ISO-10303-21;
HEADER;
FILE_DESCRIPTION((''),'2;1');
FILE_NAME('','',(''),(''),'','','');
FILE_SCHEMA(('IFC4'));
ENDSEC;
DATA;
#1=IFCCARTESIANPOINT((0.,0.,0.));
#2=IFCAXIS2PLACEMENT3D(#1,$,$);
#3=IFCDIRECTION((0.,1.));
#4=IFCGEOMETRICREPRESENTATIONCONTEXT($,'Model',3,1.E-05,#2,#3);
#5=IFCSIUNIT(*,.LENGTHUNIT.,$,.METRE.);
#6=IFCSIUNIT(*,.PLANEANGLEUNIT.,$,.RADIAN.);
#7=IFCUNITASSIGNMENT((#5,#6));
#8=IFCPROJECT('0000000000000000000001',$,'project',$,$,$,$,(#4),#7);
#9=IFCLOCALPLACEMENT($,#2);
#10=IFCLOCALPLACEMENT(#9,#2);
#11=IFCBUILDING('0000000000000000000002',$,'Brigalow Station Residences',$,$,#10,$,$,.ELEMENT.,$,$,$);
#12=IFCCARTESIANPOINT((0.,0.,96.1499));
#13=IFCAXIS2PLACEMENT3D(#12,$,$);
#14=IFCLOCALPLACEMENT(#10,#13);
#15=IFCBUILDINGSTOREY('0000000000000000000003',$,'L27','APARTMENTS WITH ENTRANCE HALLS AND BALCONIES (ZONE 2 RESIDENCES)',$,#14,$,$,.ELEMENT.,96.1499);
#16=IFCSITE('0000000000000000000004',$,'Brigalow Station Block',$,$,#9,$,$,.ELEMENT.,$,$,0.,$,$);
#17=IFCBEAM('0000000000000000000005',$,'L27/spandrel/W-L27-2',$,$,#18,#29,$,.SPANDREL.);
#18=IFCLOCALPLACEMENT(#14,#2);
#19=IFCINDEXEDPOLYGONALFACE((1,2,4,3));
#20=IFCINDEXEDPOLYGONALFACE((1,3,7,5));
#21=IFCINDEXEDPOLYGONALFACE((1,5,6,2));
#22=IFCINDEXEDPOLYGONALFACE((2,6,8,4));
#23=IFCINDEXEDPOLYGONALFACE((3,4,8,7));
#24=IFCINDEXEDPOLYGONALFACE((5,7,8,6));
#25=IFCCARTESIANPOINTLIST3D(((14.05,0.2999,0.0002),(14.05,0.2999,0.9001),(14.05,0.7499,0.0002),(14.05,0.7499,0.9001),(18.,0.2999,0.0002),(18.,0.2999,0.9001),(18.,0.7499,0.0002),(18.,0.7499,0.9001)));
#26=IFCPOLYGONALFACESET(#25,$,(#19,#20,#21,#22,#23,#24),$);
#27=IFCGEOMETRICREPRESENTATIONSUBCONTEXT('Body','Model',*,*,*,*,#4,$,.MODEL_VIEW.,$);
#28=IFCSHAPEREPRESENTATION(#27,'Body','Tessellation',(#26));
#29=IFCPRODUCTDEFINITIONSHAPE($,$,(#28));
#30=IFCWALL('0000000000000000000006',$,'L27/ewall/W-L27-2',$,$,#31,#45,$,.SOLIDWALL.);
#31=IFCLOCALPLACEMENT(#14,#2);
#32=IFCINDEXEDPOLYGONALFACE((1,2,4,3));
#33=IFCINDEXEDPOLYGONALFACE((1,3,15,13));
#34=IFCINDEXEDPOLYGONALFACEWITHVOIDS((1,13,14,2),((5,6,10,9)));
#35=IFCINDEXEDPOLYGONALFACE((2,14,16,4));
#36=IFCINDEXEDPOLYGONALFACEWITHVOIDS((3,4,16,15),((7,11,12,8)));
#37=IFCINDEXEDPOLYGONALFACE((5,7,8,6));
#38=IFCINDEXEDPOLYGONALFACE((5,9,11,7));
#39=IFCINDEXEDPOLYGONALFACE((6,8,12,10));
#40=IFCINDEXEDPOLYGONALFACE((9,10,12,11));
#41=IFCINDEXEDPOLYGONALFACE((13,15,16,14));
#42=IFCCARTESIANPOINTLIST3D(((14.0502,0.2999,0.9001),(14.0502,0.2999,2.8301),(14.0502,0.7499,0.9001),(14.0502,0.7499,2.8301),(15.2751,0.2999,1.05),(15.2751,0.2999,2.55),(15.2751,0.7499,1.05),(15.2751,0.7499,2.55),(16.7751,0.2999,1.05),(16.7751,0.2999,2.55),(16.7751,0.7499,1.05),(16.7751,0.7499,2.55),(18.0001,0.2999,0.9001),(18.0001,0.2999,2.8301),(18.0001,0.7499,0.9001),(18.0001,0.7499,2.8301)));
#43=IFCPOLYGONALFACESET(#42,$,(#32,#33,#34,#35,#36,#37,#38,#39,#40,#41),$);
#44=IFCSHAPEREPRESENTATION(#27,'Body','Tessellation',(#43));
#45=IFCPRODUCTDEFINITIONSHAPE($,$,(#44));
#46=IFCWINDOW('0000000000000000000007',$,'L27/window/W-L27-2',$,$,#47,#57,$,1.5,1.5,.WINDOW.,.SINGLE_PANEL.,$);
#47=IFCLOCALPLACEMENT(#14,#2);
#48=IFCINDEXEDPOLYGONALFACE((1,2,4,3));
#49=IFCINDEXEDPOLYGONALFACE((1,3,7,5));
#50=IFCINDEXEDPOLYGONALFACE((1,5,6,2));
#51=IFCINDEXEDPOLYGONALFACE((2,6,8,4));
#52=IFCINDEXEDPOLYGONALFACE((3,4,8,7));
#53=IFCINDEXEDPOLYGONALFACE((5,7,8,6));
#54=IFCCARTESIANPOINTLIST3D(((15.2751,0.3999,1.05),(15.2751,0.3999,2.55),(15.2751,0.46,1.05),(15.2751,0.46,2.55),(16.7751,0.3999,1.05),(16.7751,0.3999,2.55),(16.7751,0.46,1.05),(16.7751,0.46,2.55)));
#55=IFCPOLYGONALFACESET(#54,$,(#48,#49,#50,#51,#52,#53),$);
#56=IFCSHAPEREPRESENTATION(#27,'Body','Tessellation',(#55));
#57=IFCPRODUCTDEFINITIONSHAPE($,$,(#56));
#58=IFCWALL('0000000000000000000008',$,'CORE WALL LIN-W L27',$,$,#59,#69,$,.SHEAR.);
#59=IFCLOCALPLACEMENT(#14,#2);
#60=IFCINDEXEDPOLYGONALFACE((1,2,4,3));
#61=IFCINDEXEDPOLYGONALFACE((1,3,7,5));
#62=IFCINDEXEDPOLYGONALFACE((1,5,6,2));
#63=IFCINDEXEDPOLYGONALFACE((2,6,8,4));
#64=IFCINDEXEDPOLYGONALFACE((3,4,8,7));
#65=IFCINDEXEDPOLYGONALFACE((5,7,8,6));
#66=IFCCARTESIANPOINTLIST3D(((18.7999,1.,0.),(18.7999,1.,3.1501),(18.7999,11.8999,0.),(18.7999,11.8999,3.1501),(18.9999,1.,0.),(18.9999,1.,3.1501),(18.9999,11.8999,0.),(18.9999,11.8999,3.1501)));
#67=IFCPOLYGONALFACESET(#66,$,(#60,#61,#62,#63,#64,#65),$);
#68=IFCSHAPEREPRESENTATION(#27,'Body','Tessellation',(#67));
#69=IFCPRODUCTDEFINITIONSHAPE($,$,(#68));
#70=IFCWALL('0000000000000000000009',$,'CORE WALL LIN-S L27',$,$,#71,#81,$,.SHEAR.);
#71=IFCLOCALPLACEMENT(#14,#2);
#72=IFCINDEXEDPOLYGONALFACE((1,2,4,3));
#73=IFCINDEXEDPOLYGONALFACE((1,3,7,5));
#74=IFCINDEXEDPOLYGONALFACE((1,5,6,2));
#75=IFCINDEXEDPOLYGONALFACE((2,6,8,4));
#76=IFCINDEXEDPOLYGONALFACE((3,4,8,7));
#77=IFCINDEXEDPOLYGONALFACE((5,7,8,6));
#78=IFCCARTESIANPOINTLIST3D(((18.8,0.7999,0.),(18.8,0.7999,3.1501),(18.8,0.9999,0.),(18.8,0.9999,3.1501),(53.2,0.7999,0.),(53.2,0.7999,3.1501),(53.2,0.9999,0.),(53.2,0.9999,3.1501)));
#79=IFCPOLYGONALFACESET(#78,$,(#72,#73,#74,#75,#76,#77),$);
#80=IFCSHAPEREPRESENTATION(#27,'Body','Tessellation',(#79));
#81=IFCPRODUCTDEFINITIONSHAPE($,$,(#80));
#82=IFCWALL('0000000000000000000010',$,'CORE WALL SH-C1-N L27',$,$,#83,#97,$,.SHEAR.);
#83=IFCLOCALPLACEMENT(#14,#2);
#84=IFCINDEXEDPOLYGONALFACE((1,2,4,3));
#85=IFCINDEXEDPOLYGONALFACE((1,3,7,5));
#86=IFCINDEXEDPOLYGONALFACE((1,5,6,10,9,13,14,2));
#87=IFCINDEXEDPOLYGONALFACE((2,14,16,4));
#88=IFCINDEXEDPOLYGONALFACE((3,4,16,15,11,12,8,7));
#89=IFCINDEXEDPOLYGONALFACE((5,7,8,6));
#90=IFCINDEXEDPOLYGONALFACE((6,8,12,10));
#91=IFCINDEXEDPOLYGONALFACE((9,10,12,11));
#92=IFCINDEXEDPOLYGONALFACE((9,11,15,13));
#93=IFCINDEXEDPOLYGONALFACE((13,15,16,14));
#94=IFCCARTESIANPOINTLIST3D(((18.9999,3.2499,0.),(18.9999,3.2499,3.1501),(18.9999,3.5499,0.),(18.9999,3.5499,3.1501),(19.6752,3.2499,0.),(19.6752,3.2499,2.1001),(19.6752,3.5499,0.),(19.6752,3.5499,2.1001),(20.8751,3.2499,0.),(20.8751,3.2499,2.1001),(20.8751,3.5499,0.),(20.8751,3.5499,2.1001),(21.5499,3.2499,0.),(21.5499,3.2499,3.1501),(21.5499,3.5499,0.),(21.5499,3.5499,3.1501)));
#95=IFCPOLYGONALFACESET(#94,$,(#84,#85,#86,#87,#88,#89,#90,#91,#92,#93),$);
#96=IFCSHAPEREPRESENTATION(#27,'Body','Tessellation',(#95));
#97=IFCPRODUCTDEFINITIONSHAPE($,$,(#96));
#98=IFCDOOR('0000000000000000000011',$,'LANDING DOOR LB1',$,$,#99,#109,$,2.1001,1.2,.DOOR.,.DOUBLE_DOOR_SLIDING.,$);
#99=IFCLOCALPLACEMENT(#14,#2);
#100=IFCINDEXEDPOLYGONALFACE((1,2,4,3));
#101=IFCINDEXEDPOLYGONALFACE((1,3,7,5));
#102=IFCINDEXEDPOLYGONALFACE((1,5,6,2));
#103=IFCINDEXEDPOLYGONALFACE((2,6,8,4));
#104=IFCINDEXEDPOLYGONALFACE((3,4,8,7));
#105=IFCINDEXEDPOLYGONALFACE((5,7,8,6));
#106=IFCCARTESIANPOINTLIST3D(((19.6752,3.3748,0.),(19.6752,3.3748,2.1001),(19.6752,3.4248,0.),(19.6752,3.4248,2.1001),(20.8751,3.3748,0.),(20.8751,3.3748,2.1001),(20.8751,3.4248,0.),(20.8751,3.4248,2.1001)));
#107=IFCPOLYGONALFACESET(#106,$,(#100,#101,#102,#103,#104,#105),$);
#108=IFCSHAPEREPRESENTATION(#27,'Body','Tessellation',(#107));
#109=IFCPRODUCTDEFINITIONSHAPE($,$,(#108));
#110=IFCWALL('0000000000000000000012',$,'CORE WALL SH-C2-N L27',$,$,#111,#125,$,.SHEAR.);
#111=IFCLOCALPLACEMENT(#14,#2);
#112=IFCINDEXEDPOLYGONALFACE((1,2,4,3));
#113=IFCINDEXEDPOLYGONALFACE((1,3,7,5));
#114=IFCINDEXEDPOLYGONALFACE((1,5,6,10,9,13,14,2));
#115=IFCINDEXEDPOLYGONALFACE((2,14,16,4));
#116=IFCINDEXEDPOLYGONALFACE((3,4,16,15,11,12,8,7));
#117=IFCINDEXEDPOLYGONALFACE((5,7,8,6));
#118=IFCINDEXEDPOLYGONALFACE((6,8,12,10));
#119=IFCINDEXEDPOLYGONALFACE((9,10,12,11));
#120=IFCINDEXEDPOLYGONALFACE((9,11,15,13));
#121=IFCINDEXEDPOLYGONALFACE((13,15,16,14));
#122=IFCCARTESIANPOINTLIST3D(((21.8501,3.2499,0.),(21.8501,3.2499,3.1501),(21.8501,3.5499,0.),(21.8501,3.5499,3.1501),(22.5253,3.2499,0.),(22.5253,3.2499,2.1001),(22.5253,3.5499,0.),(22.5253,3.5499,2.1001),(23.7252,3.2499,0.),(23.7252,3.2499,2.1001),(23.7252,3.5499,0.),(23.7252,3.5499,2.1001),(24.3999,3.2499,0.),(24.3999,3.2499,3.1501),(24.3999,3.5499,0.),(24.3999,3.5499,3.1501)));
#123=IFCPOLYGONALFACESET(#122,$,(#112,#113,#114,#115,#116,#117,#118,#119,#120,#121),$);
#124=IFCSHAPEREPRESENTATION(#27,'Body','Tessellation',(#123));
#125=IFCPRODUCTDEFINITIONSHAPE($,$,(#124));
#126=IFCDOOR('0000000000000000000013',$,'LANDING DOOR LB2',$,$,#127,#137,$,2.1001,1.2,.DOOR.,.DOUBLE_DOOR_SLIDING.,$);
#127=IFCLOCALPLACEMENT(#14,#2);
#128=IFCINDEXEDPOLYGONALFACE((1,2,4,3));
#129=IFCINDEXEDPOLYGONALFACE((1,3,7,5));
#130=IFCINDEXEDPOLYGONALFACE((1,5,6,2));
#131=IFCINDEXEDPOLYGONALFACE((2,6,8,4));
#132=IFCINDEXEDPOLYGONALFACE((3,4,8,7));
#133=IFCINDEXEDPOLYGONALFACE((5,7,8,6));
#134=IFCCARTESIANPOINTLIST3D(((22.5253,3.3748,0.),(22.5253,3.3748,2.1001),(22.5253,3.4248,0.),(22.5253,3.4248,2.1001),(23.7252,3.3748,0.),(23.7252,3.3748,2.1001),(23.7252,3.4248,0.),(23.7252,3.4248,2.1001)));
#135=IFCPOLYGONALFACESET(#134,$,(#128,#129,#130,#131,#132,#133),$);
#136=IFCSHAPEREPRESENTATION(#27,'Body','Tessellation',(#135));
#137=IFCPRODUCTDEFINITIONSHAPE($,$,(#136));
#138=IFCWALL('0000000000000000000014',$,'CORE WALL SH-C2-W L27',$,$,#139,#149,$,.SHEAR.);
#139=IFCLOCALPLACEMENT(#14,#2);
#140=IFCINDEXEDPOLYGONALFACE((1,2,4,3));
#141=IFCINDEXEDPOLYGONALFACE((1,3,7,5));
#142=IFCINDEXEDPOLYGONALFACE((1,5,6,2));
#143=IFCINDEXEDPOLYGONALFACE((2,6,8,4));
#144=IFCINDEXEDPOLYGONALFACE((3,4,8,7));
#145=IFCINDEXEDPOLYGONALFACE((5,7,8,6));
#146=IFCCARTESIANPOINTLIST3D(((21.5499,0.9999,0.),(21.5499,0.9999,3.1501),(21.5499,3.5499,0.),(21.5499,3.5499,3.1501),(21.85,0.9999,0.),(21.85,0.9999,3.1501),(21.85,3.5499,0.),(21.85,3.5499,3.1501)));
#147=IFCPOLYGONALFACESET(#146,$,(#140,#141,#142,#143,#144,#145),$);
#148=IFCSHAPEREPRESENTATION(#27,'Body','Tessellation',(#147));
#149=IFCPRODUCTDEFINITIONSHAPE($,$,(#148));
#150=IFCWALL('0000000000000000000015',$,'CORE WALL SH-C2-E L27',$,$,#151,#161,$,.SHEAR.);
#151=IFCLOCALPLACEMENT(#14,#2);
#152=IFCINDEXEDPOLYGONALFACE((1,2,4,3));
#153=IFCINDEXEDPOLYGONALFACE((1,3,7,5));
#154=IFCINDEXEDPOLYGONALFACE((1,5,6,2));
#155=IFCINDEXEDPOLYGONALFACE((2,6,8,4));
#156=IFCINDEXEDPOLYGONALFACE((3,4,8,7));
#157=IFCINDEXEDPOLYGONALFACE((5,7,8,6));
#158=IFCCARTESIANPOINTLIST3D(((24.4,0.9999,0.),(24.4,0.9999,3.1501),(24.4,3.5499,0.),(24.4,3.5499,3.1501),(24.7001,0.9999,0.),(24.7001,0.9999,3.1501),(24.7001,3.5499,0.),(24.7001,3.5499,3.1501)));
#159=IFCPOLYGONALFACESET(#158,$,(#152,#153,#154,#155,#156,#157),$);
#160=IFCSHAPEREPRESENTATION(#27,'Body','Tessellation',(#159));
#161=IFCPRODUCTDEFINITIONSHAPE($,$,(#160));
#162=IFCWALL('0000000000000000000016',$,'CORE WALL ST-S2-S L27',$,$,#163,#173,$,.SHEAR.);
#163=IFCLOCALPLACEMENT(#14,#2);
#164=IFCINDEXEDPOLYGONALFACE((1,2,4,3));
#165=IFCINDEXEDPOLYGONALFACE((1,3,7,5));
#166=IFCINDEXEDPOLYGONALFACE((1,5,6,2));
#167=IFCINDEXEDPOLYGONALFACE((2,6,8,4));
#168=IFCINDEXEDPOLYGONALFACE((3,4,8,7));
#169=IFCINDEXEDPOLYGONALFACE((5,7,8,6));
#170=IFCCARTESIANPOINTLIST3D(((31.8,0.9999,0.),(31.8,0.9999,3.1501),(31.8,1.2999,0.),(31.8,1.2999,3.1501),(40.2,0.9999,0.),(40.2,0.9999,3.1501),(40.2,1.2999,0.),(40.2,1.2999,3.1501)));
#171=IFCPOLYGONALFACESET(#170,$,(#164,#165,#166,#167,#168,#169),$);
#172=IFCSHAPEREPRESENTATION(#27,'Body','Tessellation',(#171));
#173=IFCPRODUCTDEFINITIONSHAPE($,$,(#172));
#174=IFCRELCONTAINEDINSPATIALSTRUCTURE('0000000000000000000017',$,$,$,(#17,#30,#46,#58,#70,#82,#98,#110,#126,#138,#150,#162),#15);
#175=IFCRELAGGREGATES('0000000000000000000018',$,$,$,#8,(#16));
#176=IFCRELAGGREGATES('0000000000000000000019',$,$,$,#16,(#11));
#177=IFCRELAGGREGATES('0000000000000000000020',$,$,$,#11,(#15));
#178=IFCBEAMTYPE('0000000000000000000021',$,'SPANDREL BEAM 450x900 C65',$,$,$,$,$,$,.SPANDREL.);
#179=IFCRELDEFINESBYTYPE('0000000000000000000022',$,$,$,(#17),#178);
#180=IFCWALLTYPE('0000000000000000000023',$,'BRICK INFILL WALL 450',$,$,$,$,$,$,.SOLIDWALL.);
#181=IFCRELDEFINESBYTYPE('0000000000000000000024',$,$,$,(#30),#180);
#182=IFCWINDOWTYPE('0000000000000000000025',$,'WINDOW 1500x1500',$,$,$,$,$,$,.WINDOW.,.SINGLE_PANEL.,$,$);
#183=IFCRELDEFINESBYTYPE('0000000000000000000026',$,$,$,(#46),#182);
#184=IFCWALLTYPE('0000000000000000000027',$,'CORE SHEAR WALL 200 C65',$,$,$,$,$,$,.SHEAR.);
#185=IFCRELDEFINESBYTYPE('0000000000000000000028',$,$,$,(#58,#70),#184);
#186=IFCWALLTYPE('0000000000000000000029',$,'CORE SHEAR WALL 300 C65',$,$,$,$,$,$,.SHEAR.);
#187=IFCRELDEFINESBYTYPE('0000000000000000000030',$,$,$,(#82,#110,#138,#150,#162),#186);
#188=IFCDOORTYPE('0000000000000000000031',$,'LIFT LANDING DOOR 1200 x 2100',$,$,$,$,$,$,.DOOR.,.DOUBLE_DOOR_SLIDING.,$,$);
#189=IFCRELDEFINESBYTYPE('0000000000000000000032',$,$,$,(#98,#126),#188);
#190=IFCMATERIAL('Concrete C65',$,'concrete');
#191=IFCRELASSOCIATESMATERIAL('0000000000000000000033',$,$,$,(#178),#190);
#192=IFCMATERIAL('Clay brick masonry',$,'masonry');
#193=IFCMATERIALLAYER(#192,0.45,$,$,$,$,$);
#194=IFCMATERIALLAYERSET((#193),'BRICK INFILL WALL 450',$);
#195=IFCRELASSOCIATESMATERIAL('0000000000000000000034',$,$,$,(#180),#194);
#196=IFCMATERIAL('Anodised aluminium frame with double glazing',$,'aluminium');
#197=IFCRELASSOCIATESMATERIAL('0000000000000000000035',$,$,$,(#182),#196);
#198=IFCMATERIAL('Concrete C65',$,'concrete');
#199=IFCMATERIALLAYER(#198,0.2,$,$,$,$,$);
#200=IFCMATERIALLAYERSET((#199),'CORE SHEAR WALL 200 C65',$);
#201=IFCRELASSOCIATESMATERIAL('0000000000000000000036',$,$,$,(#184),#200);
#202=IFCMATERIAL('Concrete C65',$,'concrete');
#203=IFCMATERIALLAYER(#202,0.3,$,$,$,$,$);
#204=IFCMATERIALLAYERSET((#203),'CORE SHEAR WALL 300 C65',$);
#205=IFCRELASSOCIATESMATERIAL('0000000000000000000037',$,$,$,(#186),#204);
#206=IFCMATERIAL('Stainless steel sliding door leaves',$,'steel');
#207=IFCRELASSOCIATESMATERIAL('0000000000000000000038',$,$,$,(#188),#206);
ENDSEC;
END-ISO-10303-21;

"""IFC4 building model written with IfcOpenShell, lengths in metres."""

from ifc_helpers import new_model, si_unit, direction, frame, frame_2d, origin, origin_2d, place, context, subcontext, project, spatial, rectangle, extrude, material, layer, layer_set, material_profile, profile_set, type_object, element, fill, save


model = new_model("IFC4")

# Units and contexts
model_context = context("Model", 3, precision=1e-05, world=origin(), true_north=direction((0.0, 1.0)))
body_context = subcontext(model_context, "Body", "Model", "MODEL_VIEW")
ifc_project = project(units=[si_unit("LENGTHUNIT", "METRE"), si_unit("PLANEANGLEUNIT", "RADIAN")], contexts=[model_context])

# Site, building, storey
site_placement = place(None, origin())
site = spatial("IfcSite", under=ifc_project, at=site_placement, Name="Brigalow Station Block", CompositionType="ELEMENT", RefElevation=0.0)
building_placement = place(site_placement, origin())
building = spatial("IfcBuilding", under=site, at=building_placement, Name="Brigalow Station Residences", CompositionType="ELEMENT")
storey_placement = place(building_placement, frame((0.0, 0.0, 96.1499)))
storey = spatial("IfcBuildingStorey", under=building, at=storey_placement, Name="L27", Description="APARTMENTS WITH ENTRANCE HALLS AND BALCONIES (ZONE 2 RESIDENCES)", CompositionType="ELEMENT", Elevation=96.1499)

# Beam
ifc_material_1 = material(Name="Concrete C65", Category="concrete")
ifc_material_profile = material_profile(ifc_material_1, rectangle(XDim=0.45, YDim=0.8999, at=origin_2d()), Name="RC450x900")
ifc_profile_set = profile_set([ifc_material_profile], Name="Concrete C65")
beam_type = type_object("IfcBeamType", Name="SPANDREL BEAM 450x900 C65", PredefinedType="SPANDREL", material=ifc_profile_set)
beam_placement = place(storey_placement, frame((14.05, 0.5249, 0.4502), z_axis=(1.0, 0.0, 0.0), x_axis=(0.0, 1.0, 0.0)))
element("IfcBeam", 1, at=beam_placement, inside=storey, type_object=beam_type, Name="L27/spandrel/W-L27-2", PredefinedType="SPANDREL", context=body_context, shape_type="SweptSolid", body=[
    extrude(rectangle(XDim=0.45, YDim=0.8999, at=origin_2d()), origin(), (0.0, 0.0, 1.0), 3.95),
])

# Wall, opening, window
ifc_material_2 = material(Name="Clay brick masonry", Category="masonry")
ifc_layer_1 = layer(ifc_material_2, 0.45)
ifc_layer_set_1 = layer_set([ifc_layer_1], Name="BRICK INFILL WALL 450")
wall_type_1 = type_object("IfcWallType", Name="BRICK INFILL WALL 450", PredefinedType="SOLIDWALL", material=ifc_layer_set_1)
wall_1_placement = place(storey_placement, frame((14.05, 0.5249, 0.9001), z_axis=(0.0, 0.0, 1.0), x_axis=(1.0, 0.0, 0.0)))
wall_1 = element("IfcWall", 2, at=wall_1_placement, inside=storey, type_object=wall_type_1, Name="L27/ewall/W-L27-2", PredefinedType="SOLIDWALL", context=body_context, shape_type="SweptSolid", body=[
    extrude(rectangle(XDim=3.95, YDim=0.45, at=frame_2d((1.9751, 0.0))), origin(), (0.0, 0.0, 1.0), 1.9299),
])
opening_1_placement = place(wall_1_placement, frame((1.2251, 0.0, 0.1499)))
opening_1 = element("IfcOpeningElement", 3, at=opening_1_placement, cuts=wall_1, PredefinedType="OPENING", context=body_context, shape_type="SweptSolid", body=[
    extrude(rectangle(XDim=1.5, YDim=1.5, at=frame_2d((0.75, 0.75))), frame((0.0, 0.2349, 0.0), z_axis=(0.0, -1.0, 0.0), x_axis=(1.0, 0.0, 0.0)), (0.0, 0.0, 1.0), 0.47),
])
ifc_material_3 = material(Name="Anodised aluminium frame with double glazing", Category="aluminium")
window_type = type_object("IfcWindowType", Name="WINDOW 1500x1500", PartitioningType="SINGLE_PANEL", PredefinedType="WINDOW", material=ifc_material_3)
window_placement = place(opening_1_placement, origin())
window = element("IfcWindow", 4, at=window_placement, inside=storey, type_object=window_type, Name="L27/window/W-L27-2", OverallHeight=1.5, OverallWidth=1.5, PartitioningType="SINGLE_PANEL", PredefinedType="WINDOW", context=body_context, shape_type="SweptSolid", body=[
    extrude(rectangle(XDim=1.5, YDim=1.5, at=frame_2d((0.75, 0.75))), frame((0.0, -0.0649, 0.0), z_axis=(0.0, -1.0, 0.0), x_axis=(1.0, 0.0, 0.0)), (0.0, 0.0, 1.0), 0.0601),
])
fill(opening_1, window)

# Walls
ifc_material_4 = material(Name="Concrete C65", Category="concrete")
ifc_layer_2 = layer(ifc_material_4, 0.2)
ifc_layer_set_2 = layer_set([ifc_layer_2], Name="CORE SHEAR WALL 200 C65")
wall_type_2 = type_object("IfcWallType", Name="CORE SHEAR WALL 200 C65", PredefinedType="SHEAR", material=ifc_layer_set_2)
wall_2_placement = place(storey_placement, frame((18.8999, 1.0, 0.0), z_axis=(0.0, 0.0, 1.0), x_axis=(0.0, 1.0, 0.0)))
element("IfcWall", 5, at=wall_2_placement, inside=storey, type_object=wall_type_2, Name="CORE WALL LIN-W L27", PredefinedType="SHEAR", context=body_context, shape_type="SweptSolid", body=[
    extrude(rectangle(XDim=10.8999, YDim=0.2, at=frame_2d((5.45, 0.0))), origin(), (0.0, 0.0, 1.0), 3.1501),
])
wall_3_placement = place(storey_placement, frame((18.8, 0.8999, 0.0), z_axis=(0.0, 0.0, 1.0), x_axis=(1.0, 0.0, 0.0)))
element("IfcWall", 6, at=wall_3_placement, inside=storey, type_object=wall_type_2, Name="CORE WALL LIN-S L27", PredefinedType="SHEAR", context=body_context, shape_type="SweptSolid", body=[
    extrude(rectangle(XDim=34.3999, YDim=0.2, at=frame_2d((17.2, 0.0))), origin(), (0.0, 0.0, 1.0), 3.1501),
])

# Walls, openings, doors
ifc_material_5 = material(Name="Concrete C65", Category="concrete")
ifc_layer_3 = layer(ifc_material_5, 0.3)
ifc_layer_set_3 = layer_set([ifc_layer_3], Name="CORE SHEAR WALL 300 C65")
wall_type_3 = type_object("IfcWallType", Name="CORE SHEAR WALL 300 C65", PredefinedType="SHEAR", material=ifc_layer_set_3)
wall_4_placement = place(storey_placement, frame((19.0, 3.3999, 0.0), z_axis=(0.0, 0.0, 1.0), x_axis=(1.0, 0.0, 0.0)))
wall_4 = element("IfcWall", 7, at=wall_4_placement, inside=storey, type_object=wall_type_3, Name="CORE WALL SH-C1-N L27", PredefinedType="SHEAR", context=body_context, shape_type="SweptSolid", body=[
    extrude(rectangle(XDim=2.55, YDim=0.3, at=frame_2d((1.2749, 0.0))), origin(), (0.0, 0.0, 1.0), 3.1501),
])
opening_2_placement = place(wall_4_placement, frame((0.675, 0.0, 0.0)))
opening_2 = element("IfcOpeningElement", 8, at=opening_2_placement, cuts=wall_4, PredefinedType="OPENING", context=body_context, shape_type="SweptSolid", body=[
    extrude(rectangle(XDim=1.2, YDim=2.1001, at=frame_2d((0.6001, 1.05))), frame((0.0, 0.1602, 0.0), z_axis=(0.0, -1.0, 0.0), x_axis=(1.0, 0.0, 0.0)), (0.0, 0.0, 1.0), 0.3201),
])
ifc_material_6 = material(Name="Stainless steel sliding door leaves", Category="steel")
door_type = type_object("IfcDoorType", Name="LIFT LANDING DOOR 1200 x 2100", OperationType="DOUBLE_DOOR_SLIDING", PredefinedType="DOOR", material=ifc_material_6)
door_1_placement = place(opening_2_placement, origin())
door_1 = element("IfcDoor", 9, at=door_1_placement, inside=storey, type_object=door_type, Name="LANDING DOOR LB1", OperationType="DOUBLE_DOOR_SLIDING", OverallHeight=2.1001, OverallWidth=1.2, PredefinedType="DOOR", context=body_context, shape_type="SweptSolid", body=[
    extrude(rectangle(XDim=1.2, YDim=2.1001, at=frame_2d((0.6001, 1.05))), frame((0.0, 0.0249, 0.0), z_axis=(0.0, -1.0, 0.0), x_axis=(1.0, 0.0, 0.0)), (0.0, 0.0, 1.0), 0.05),
])
fill(opening_2, door_1)
wall_5_placement = place(storey_placement, frame((21.8501, 3.3999, 0.0), z_axis=(0.0, 0.0, 1.0), x_axis=(1.0, 0.0, 0.0)))
wall_5 = element("IfcWall", 10, at=wall_5_placement, inside=storey, type_object=wall_type_3, Name="CORE WALL SH-C2-N L27", PredefinedType="SHEAR", context=body_context, shape_type="SweptSolid", body=[
    extrude(rectangle(XDim=2.5498, YDim=0.3, at=frame_2d((1.2749, 0.0))), origin(), (0.0, 0.0, 1.0), 3.1501),
])
opening_3_placement = place(wall_5_placement, frame((0.675, 0.0, 0.0)))
opening_3 = element("IfcOpeningElement", 11, at=opening_3_placement, cuts=wall_5, PredefinedType="OPENING", context=body_context, shape_type="SweptSolid", body=[
    extrude(rectangle(XDim=1.2, YDim=2.1001, at=frame_2d((0.6001, 1.05))), frame((0.0, 0.1602, 0.0), z_axis=(0.0, -1.0, 0.0), x_axis=(1.0, 0.0, 0.0)), (0.0, 0.0, 1.0), 0.3201),
])
door_2_placement = place(opening_3_placement, origin())
door_2 = element("IfcDoor", 12, at=door_2_placement, inside=storey, type_object=door_type, Name="LANDING DOOR LB2", OperationType="DOUBLE_DOOR_SLIDING", OverallHeight=2.1001, OverallWidth=1.2, PredefinedType="DOOR", context=body_context, shape_type="SweptSolid", body=[
    extrude(rectangle(XDim=1.2, YDim=2.1001, at=frame_2d((0.6001, 1.05))), frame((0.0, 0.0249, 0.0), z_axis=(0.0, -1.0, 0.0), x_axis=(1.0, 0.0, 0.0)), (0.0, 0.0, 1.0), 0.05),
])
fill(opening_3, door_2)

# Walls
for number, where, z_axis, x_axis, name in (
    (13, (21.7, 1.0, 0.0), (0.0, 0.0, 1.0), (0.0, 1.0, 0.0), "CORE WALL SH-C2-W L27"),
    (14, (24.55, 1.0, 0.0), (0.0, 0.0, 1.0), (0.0, 1.0, 0.0), "CORE WALL SH-C2-E L27"),
):
    element("IfcWall", number, at=place(storey_placement, frame(where, z_axis=z_axis, x_axis=x_axis)), inside=storey, type_object=wall_type_3, Name=name, PredefinedType="SHEAR", context=body_context, shape_type="SweptSolid", body=[
        extrude(rectangle(XDim=2.55, YDim=0.3, at=frame_2d((1.2749, 0.0))), origin(), (0.0, 0.0, 1.0), 3.1501),
    ])
wall_6_placement = place(storey_placement, frame((31.8, 1.1499, 0.0), z_axis=(0.0, 0.0, 1.0), x_axis=(1.0, 0.0, 0.0)))
element("IfcWall", 15, at=wall_6_placement, inside=storey, type_object=wall_type_3, Name="CORE WALL ST-S2-S L27", PredefinedType="SHEAR", context=body_context, shape_type="SweptSolid", body=[
    extrude(rectangle(XDim=8.3999, YDim=0.3, at=frame_2d((4.2, 0.0))), origin(), (0.0, 0.0, 1.0), 3.1501),
])

save(model, "model.ifc")
